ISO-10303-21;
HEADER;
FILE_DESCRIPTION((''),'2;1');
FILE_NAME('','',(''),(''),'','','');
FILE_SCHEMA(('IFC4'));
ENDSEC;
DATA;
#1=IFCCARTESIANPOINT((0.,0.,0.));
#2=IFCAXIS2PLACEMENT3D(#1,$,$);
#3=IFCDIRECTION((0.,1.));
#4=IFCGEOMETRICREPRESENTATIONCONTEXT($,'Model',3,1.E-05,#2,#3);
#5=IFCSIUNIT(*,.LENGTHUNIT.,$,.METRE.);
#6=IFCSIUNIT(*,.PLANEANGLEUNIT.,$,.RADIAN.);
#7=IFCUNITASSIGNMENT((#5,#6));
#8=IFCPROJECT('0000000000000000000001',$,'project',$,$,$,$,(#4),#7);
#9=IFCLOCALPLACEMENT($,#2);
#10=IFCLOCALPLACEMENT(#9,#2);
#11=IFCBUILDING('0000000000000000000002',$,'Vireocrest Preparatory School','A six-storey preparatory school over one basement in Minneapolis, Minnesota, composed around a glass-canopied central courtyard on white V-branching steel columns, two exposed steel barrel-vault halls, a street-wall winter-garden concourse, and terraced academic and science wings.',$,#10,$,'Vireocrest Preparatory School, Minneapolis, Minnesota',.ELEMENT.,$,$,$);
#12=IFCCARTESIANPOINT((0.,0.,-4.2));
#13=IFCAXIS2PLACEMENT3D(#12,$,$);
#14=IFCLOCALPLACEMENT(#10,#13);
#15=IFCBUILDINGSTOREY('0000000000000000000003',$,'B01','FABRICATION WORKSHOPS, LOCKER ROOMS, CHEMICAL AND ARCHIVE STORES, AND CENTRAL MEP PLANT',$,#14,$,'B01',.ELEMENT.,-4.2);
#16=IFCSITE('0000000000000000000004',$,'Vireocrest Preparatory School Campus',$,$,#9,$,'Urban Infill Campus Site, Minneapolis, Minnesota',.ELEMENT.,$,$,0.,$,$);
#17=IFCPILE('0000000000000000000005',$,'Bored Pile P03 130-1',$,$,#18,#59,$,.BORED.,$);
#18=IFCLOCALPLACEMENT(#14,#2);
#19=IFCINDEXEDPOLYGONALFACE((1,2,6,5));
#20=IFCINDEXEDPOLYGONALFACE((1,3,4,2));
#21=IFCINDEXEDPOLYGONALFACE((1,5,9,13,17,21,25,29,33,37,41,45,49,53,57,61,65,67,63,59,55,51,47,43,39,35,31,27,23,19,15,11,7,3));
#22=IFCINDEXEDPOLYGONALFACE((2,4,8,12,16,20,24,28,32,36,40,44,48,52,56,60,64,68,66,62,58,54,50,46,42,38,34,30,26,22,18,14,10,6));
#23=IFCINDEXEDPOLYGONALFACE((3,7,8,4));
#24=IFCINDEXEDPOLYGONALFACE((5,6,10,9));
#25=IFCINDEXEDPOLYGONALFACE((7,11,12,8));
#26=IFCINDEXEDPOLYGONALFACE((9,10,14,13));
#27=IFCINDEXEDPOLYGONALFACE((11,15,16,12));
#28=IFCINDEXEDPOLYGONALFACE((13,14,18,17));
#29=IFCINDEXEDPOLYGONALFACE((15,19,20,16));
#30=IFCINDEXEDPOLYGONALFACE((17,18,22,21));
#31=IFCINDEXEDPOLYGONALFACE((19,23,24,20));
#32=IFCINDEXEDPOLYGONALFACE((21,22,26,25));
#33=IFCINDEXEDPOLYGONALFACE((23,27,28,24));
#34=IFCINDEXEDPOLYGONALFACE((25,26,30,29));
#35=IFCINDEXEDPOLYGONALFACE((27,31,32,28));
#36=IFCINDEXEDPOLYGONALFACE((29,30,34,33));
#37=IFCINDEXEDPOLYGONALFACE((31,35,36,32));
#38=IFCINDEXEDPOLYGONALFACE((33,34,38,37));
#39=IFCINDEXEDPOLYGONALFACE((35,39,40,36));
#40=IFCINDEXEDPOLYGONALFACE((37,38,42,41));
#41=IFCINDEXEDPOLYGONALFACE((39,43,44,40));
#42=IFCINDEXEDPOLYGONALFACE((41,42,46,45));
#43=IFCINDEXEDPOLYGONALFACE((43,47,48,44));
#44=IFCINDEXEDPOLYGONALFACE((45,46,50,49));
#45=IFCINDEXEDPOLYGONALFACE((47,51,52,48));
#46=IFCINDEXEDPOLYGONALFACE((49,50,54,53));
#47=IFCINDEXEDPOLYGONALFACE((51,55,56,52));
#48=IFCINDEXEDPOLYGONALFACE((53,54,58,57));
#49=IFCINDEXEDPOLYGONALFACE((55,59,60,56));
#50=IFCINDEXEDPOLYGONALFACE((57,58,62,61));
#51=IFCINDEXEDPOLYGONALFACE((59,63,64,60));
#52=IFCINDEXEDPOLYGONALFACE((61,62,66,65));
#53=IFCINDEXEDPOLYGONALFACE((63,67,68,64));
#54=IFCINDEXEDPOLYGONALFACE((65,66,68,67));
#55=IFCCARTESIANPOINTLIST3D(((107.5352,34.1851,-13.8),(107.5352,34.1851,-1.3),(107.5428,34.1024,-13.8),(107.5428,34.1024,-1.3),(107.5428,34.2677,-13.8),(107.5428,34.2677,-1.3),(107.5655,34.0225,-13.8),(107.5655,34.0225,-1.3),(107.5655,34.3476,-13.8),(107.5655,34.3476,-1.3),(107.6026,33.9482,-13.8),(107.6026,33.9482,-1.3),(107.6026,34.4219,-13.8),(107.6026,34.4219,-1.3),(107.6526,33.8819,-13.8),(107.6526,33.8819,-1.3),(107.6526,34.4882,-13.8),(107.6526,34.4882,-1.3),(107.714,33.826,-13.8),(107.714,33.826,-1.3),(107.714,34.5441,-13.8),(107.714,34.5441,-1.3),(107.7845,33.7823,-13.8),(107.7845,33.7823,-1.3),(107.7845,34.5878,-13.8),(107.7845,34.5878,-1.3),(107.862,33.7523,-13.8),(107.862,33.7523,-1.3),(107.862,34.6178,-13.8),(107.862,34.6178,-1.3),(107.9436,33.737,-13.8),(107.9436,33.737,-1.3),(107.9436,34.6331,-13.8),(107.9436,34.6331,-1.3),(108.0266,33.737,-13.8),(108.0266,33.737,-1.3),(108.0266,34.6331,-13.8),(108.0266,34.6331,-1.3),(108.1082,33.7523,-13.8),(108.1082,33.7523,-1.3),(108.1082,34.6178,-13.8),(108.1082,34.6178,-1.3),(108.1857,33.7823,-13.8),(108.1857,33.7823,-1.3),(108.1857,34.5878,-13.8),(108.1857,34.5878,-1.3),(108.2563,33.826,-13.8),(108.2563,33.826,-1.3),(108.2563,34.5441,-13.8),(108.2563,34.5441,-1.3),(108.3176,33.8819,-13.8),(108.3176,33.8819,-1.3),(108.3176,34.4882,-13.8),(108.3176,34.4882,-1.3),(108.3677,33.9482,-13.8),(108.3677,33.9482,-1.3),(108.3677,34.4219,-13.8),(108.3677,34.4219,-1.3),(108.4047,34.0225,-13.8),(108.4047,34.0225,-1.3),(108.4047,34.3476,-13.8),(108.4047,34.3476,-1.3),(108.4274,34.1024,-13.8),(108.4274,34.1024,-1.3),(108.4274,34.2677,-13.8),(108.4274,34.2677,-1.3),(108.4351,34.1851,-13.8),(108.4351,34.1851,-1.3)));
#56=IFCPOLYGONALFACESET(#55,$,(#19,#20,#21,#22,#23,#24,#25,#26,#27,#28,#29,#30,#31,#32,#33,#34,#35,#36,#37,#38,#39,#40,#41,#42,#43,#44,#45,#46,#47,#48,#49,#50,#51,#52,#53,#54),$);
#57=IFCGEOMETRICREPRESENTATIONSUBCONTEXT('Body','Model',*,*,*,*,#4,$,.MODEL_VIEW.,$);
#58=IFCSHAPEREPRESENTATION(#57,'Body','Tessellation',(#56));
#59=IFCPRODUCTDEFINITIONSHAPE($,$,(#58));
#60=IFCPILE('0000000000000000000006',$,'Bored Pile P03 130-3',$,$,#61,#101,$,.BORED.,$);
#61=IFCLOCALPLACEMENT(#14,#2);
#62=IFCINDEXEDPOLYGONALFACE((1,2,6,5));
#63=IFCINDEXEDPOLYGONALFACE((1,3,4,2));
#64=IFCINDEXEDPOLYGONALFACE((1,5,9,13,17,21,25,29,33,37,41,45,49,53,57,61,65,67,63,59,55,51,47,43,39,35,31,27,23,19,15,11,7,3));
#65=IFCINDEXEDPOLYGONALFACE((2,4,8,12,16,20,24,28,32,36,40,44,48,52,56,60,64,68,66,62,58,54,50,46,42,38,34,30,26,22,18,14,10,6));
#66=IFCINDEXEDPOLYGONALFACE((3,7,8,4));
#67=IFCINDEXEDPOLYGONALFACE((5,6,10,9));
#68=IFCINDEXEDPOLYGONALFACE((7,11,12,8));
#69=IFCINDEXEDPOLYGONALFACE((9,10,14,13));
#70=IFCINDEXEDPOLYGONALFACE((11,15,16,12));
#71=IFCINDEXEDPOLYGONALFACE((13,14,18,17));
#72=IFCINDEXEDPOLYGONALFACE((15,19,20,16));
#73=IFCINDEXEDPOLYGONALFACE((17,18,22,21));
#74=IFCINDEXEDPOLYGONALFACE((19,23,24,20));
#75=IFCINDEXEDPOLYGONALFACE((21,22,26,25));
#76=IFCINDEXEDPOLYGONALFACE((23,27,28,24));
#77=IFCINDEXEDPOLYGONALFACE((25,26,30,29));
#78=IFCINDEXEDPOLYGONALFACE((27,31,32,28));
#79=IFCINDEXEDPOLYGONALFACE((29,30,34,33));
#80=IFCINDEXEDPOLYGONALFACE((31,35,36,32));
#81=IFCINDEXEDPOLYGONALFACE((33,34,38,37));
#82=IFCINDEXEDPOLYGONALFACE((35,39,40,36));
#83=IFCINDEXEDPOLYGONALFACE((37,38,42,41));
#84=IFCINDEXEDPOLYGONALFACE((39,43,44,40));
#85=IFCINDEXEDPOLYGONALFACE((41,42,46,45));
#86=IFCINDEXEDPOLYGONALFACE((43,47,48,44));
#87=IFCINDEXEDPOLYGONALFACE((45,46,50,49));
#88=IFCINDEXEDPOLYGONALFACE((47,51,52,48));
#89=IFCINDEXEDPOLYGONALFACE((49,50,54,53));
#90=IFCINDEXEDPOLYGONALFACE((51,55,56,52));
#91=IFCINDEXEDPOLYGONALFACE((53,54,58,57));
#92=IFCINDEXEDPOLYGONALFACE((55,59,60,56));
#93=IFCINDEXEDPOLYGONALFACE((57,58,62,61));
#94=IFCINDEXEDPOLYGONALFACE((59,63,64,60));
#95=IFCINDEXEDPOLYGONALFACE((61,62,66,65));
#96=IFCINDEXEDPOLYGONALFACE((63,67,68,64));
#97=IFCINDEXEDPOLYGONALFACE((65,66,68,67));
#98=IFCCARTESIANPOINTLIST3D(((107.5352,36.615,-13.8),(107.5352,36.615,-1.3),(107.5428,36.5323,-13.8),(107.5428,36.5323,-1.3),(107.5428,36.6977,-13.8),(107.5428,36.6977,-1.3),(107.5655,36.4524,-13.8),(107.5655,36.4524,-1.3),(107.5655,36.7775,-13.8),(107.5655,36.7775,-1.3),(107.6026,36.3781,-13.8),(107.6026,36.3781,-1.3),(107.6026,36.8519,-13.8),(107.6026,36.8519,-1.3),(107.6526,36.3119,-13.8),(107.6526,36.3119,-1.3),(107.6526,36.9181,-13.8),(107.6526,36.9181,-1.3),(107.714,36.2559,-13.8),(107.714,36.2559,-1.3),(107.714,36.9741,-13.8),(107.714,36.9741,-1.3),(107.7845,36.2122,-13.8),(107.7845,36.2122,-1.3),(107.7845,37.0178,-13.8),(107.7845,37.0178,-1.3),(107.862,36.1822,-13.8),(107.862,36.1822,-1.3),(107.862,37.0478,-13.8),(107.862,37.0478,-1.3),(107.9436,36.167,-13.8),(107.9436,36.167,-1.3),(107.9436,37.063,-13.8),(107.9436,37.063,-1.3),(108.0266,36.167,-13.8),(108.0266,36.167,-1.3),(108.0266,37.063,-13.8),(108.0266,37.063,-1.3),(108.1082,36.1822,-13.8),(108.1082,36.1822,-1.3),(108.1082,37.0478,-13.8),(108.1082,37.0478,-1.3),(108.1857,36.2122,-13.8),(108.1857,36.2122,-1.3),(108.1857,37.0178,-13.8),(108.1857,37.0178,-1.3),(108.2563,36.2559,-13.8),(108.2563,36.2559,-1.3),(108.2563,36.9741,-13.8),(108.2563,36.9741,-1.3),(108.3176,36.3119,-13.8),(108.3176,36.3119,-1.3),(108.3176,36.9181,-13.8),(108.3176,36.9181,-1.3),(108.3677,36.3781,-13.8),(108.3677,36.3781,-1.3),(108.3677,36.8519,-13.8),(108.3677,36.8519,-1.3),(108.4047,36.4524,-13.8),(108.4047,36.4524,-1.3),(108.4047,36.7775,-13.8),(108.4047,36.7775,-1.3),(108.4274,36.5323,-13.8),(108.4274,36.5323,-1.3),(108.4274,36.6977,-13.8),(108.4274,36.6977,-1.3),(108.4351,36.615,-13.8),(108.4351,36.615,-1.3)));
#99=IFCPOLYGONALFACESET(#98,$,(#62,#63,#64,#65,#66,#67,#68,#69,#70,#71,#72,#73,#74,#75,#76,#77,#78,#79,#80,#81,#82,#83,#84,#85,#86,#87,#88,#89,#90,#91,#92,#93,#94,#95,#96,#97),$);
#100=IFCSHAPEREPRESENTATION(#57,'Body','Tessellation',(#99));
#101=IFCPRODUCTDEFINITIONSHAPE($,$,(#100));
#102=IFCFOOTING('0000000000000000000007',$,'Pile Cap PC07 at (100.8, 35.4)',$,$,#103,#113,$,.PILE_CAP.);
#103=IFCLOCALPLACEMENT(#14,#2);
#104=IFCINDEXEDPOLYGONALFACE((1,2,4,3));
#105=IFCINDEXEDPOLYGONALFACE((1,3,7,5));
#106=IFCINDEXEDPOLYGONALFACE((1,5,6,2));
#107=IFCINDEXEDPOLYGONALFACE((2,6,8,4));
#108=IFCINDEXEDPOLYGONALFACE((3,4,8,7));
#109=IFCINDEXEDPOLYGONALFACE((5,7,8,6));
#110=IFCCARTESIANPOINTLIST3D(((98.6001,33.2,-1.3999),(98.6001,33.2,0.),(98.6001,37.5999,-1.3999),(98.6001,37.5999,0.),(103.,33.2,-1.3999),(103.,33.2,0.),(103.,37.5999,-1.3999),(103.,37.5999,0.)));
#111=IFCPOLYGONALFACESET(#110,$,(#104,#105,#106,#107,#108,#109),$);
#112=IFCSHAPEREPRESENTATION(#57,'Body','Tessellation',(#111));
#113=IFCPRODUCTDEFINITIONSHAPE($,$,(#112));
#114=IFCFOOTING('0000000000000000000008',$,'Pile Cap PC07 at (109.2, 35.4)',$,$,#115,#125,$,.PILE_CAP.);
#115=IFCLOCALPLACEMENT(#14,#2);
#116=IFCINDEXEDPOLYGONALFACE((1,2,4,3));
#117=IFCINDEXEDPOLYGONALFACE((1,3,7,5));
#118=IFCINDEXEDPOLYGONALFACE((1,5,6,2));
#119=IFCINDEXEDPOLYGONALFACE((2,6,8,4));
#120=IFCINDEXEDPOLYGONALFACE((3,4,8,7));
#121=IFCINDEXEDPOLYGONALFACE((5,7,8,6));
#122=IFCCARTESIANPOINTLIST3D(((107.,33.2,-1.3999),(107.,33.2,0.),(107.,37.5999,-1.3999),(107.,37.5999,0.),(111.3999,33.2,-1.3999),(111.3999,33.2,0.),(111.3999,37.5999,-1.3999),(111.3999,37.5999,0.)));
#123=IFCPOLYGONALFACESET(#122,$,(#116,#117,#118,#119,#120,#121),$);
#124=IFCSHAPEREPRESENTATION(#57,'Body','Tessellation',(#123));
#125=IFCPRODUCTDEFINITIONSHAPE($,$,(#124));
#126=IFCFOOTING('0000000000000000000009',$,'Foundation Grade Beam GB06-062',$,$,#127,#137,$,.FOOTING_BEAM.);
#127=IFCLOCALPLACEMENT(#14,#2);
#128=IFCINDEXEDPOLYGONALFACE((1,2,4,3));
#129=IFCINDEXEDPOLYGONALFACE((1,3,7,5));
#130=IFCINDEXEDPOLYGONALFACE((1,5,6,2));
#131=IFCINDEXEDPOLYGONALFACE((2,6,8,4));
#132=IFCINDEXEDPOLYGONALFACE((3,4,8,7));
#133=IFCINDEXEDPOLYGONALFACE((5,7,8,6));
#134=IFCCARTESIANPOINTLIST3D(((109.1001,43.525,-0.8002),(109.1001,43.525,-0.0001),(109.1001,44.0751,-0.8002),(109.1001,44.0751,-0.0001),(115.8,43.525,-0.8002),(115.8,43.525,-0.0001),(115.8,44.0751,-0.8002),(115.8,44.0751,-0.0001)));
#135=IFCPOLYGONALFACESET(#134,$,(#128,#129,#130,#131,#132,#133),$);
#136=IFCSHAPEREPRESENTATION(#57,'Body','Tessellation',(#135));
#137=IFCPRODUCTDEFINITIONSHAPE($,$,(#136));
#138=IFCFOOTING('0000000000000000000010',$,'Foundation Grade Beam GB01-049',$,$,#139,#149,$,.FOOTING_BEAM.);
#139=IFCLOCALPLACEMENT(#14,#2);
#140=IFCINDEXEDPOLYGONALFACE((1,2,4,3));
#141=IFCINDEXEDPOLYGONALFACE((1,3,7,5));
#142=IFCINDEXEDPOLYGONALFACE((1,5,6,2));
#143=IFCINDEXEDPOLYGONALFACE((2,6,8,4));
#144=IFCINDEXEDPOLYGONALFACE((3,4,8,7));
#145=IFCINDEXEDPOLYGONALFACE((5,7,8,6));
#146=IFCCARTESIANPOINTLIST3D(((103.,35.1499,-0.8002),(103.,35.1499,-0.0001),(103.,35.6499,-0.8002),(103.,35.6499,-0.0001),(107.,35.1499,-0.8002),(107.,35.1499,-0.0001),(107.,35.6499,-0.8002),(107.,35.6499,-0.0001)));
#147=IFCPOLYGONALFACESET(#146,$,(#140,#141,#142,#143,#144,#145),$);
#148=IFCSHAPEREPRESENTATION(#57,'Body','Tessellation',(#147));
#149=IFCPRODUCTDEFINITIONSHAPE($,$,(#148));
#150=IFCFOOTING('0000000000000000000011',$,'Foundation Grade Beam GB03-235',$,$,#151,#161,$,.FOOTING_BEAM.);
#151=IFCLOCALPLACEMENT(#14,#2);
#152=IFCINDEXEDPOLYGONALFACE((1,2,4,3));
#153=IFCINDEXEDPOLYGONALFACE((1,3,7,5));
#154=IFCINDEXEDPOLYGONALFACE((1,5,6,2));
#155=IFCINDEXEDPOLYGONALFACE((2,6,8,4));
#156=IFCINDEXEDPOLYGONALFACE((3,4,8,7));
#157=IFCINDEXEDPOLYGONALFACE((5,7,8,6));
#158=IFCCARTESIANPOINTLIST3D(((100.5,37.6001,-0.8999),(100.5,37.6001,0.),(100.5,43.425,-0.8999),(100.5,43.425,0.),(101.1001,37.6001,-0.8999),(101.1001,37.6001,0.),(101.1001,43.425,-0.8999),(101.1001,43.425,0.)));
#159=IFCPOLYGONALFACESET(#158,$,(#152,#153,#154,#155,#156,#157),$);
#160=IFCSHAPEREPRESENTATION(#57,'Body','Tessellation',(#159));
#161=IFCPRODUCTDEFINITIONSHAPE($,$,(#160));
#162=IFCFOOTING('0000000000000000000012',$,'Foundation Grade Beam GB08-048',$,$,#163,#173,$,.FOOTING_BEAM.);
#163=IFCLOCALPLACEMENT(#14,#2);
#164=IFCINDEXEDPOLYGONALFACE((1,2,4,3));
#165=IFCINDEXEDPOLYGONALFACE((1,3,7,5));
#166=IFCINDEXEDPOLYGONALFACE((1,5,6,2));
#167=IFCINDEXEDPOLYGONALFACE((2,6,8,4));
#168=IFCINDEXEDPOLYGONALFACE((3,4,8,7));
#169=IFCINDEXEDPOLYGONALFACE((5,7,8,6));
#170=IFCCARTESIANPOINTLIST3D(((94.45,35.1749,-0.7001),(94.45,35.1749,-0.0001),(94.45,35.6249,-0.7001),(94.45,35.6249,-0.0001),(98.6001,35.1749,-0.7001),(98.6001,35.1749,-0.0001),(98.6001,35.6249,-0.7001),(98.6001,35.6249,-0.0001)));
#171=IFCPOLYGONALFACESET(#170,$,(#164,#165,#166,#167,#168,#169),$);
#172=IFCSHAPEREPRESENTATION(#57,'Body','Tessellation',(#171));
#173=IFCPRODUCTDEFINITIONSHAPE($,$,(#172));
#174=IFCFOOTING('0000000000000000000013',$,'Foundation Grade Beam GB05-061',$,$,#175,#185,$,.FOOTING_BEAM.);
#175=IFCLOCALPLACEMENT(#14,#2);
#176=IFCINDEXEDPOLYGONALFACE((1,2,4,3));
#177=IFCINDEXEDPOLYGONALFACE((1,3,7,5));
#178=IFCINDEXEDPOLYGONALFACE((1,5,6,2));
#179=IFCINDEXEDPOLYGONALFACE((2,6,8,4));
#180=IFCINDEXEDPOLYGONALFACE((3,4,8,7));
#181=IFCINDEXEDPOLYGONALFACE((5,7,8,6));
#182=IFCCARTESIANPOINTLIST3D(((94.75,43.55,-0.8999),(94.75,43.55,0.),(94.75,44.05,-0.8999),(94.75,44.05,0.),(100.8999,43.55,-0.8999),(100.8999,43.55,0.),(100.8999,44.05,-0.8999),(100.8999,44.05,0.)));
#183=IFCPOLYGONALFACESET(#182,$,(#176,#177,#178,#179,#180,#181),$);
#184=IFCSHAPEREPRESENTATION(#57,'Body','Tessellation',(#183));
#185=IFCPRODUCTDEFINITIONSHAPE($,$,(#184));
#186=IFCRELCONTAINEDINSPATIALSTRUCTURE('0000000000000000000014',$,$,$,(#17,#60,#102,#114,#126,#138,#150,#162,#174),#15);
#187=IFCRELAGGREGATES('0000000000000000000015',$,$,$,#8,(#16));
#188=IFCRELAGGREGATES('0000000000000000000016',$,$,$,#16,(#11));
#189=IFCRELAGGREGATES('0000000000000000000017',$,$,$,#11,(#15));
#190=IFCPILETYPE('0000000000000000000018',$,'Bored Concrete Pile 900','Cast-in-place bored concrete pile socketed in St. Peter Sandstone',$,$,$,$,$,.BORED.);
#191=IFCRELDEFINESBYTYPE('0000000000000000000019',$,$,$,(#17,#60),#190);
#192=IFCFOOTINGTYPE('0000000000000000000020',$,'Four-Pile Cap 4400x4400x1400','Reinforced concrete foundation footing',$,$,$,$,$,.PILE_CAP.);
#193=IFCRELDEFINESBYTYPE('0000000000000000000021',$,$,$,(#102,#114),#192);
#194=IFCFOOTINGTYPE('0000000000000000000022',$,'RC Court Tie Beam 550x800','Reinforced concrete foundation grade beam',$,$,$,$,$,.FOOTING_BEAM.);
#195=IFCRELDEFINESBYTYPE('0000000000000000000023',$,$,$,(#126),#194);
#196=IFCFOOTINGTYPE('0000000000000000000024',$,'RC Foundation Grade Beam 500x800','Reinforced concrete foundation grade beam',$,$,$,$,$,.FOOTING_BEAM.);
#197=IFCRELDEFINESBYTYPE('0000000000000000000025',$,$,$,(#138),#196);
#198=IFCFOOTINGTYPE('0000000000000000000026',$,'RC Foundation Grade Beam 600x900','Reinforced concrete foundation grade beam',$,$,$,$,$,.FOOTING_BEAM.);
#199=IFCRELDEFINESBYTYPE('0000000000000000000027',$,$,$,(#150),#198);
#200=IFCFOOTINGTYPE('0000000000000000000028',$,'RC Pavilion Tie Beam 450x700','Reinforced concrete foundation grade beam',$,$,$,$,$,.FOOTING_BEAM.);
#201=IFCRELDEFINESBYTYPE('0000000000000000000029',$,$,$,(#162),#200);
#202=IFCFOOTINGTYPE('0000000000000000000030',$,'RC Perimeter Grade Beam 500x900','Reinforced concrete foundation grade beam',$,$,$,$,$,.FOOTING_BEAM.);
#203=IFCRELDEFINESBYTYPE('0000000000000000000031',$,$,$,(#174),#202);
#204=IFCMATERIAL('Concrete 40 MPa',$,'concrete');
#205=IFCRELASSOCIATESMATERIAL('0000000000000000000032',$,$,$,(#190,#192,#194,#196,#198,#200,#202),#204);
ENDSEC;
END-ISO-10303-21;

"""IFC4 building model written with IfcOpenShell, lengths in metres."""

from ifc_helpers import new_model, si_unit, direction, frame, origin, origin_2d, place, context, subcontext, project, spatial, rectangle, circle, extrude, material, material_profile, profile_set, type_object, element, save


model = new_model("IFC4")

# Units and contexts
model_context = context("Model", 3, precision=1e-05, world=origin(), true_north=direction((0.0, 1.0)))
body_context = subcontext(model_context, "Body", "Model", "MODEL_VIEW")
ifc_project = project(units=[si_unit("LENGTHUNIT", "METRE"), si_unit("PLANEANGLEUNIT", "RADIAN")], contexts=[model_context])

# Site, building, storey
site_placement = place(None, origin())
site = spatial("IfcSite", under=ifc_project, at=site_placement, Name="Vireocrest Preparatory School Campus", LongName="Urban Infill Campus Site, Minneapolis, Minnesota", CompositionType="ELEMENT", RefElevation=0.0)
building_placement = place(site_placement, origin())
building = spatial("IfcBuilding", under=site, at=building_placement, Name="Vireocrest Preparatory School", Description="A six-storey preparatory school over one basement in Minneapolis, Minnesota, composed around a glass-canopied central courtyard on white V-branching steel columns, two exposed steel barrel-vault halls, a street-wall winter-garden concourse, and terraced academic and science wings.", LongName="Vireocrest Preparatory School, Minneapolis, Minnesota", CompositionType="ELEMENT")
storey_placement = place(building_placement, frame((0.0, 0.0, -4.2)))
storey = spatial("IfcBuildingStorey", under=building, at=storey_placement, Name="B01", Description="FABRICATION WORKSHOPS, LOCKER ROOMS, CHEMICAL AND ARCHIVE STORES, AND CENTRAL MEP PLANT", LongName="B01", CompositionType="ELEMENT", Elevation=-4.2)

# Piles
ifc_material_1 = material(Name="Concrete 40 MPa", Category="concrete")
ifc_material_profile_1 = material_profile(ifc_material_1, circle(Radius=0.45, at=origin_2d()), Name="BORED PILE 900")
ifc_profile_set_1 = profile_set([ifc_material_profile_1], Name="Concrete 40 MPa")
pile_type_1 = type_object("IfcPileType", Name="Bored Concrete Pile 900", Description="Cast-in-place bored concrete pile socketed in St. Peter Sandstone", PredefinedType="BORED", material=ifc_profile_set_1)
for number, where, z_axis, x_axis, name in (
    (1, (107.9851, 34.1851, -1.3), (0.0, 0.0, -1.0), (1.0, 0.0, 0.0), "Bored Pile P03 130-1"),
    (2, (107.9851, 36.615, -1.3), (0.0, 0.0, -1.0), (1.0, 0.0, 0.0), "Bored Pile P03 130-3"),
):
    element("IfcPile", number, at=place(storey_placement, frame(where, z_axis=z_axis, x_axis=x_axis)), inside=storey, type_object=pile_type_1, Name=name, PredefinedType="BORED", context=body_context, shape_type="SweptSolid", body=[
        extrude(circle(Radius=0.45, at=origin_2d()), origin(), (0.0, 0.0, 1.0), 12.5),
    ])

# Footings
footing_type_1 = type_object("IfcFootingType", Name="Four-Pile Cap 4400x4400x1400", Description="Reinforced concrete foundation footing", PredefinedType="PILE_CAP", material=ifc_material_1)
for number, where, z_axis, x_axis, name in (
    (3, (100.8, 35.3999, -1.3999), (0.0, 0.0, 1.0), (1.0, 0.0, 0.0), "Pile Cap PC07 at (100.8, 35.4)"),
    (4, (109.2, 35.3999, -1.3999), (0.0, 0.0, 1.0), (1.0, 0.0, 0.0), "Pile Cap PC07 at (109.2, 35.4)"),
):
    element("IfcFooting", number, at=place(storey_placement, frame(where, z_axis=z_axis, x_axis=x_axis)), inside=storey, type_object=footing_type_1, Name=name, PredefinedType="PILE_CAP", context=body_context, shape_type="SweptSolid", body=[
        extrude(rectangle(XDim=4.3999, YDim=4.3999, at=origin_2d()), origin(), (0.0, 0.0, 1.0), 1.3999),
    ])
ifc_material_profile_2 = material_profile(ifc_material_1, rectangle(XDim=0.55, YDim=0.8, at=origin_2d()), Name="GB 550x800")
ifc_profile_set_2 = profile_set([ifc_material_profile_2], Name="Concrete 40 MPa")
footing_type_2 = type_object("IfcFootingType", Name="RC Court Tie Beam 550x800", Description="Reinforced concrete foundation grade beam", PredefinedType="FOOTING_BEAM", material=ifc_profile_set_2)
footing_1_placement = place(storey_placement, frame((109.1001, 43.8, -0.4001), z_axis=(1.0, 0.0, 0.0), x_axis=(0.0, 1.0, 0.0)))
element("IfcFooting", 5, at=footing_1_placement, inside=storey, type_object=footing_type_2, Name="Foundation Grade Beam GB06-062", PredefinedType="FOOTING_BEAM", context=body_context, shape_type="SweptSolid", body=[
    extrude(rectangle(XDim=0.55, YDim=0.8, at=origin_2d()), origin(), (0.0, 0.0, 1.0), 6.7),
])
ifc_material_profile_3 = material_profile(ifc_material_1, rectangle(XDim=0.5, YDim=0.8, at=origin_2d()), Name="GB 500x800")
ifc_profile_set_3 = profile_set([ifc_material_profile_3], Name="Concrete 40 MPa")
footing_type_3 = type_object("IfcFootingType", Name="RC Foundation Grade Beam 500x800", Description="Reinforced concrete foundation grade beam", PredefinedType="FOOTING_BEAM", material=ifc_profile_set_3)
footing_2_placement = place(storey_placement, frame((103.0, 35.3999, -0.4001), z_axis=(1.0, 0.0, 0.0), x_axis=(0.0, 1.0, 0.0)))
element("IfcFooting", 6, at=footing_2_placement, inside=storey, type_object=footing_type_3, Name="Foundation Grade Beam GB01-049", PredefinedType="FOOTING_BEAM", context=body_context, shape_type="SweptSolid", body=[
    extrude(rectangle(XDim=0.5, YDim=0.8, at=origin_2d()), origin(), (0.0, 0.0, 1.0), 4.0),
])
ifc_material_profile_4 = material_profile(ifc_material_1, rectangle(XDim=0.6001, YDim=0.8999, at=origin_2d()), Name="GB 600x900")
ifc_profile_set_4 = profile_set([ifc_material_profile_4], Name="Concrete 40 MPa")
footing_type_4 = type_object("IfcFootingType", Name="RC Foundation Grade Beam 600x900", Description="Reinforced concrete foundation grade beam", PredefinedType="FOOTING_BEAM", material=ifc_profile_set_4)
footing_3_placement = place(storey_placement, frame((100.8, 37.6001, -0.45), z_axis=(0.0, 1.0, 0.0), x_axis=(-1.0, 0.0, 0.0)))
element("IfcFooting", 7, at=footing_3_placement, inside=storey, type_object=footing_type_4, Name="Foundation Grade Beam GB03-235", PredefinedType="FOOTING_BEAM", context=body_context, shape_type="SweptSolid", body=[
    extrude(rectangle(XDim=0.6001, YDim=0.8999, at=origin_2d()), origin(), (0.0, 0.0, 1.0), 5.825),
])
ifc_material_profile_5 = material_profile(ifc_material_1, rectangle(XDim=0.45, YDim=0.7, at=origin_2d()), Name="GB 450x700")
ifc_profile_set_5 = profile_set([ifc_material_profile_5], Name="Concrete 40 MPa")
footing_type_5 = type_object("IfcFootingType", Name="RC Pavilion Tie Beam 450x700", Description="Reinforced concrete foundation grade beam", PredefinedType="FOOTING_BEAM", material=ifc_profile_set_5)
footing_4_placement = place(storey_placement, frame((94.45, 35.3999, -0.3501), z_axis=(1.0, 0.0, 0.0), x_axis=(0.0, 1.0, 0.0)))
element("IfcFooting", 8, at=footing_4_placement, inside=storey, type_object=footing_type_5, Name="Foundation Grade Beam GB08-048", PredefinedType="FOOTING_BEAM", context=body_context, shape_type="SweptSolid", body=[
    extrude(rectangle(XDim=0.45, YDim=0.7, at=origin_2d()), origin(), (0.0, 0.0, 1.0), 4.1501),
])
ifc_material_profile_6 = material_profile(ifc_material_1, rectangle(XDim=0.5, YDim=0.8999, at=origin_2d()), Name="GB 500x900")
ifc_profile_set_6 = profile_set([ifc_material_profile_6], Name="Concrete 40 MPa")
footing_type_6 = type_object("IfcFootingType", Name="RC Perimeter Grade Beam 500x900", Description="Reinforced concrete foundation grade beam", PredefinedType="FOOTING_BEAM", material=ifc_profile_set_6)
footing_5_placement = place(storey_placement, frame((94.75, 43.8, -0.45), z_axis=(1.0, 0.0, 0.0), x_axis=(0.0, 1.0, 0.0)))
element("IfcFooting", 9, at=footing_5_placement, inside=storey, type_object=footing_type_6, Name="Foundation Grade Beam GB05-061", PredefinedType="FOOTING_BEAM", context=body_context, shape_type="SweptSolid", body=[
    extrude(rectangle(XDim=0.5, YDim=0.8999, at=origin_2d()), origin(), (0.0, 0.0, 1.0), 6.1499),
])

save(model, "model.ifc")
